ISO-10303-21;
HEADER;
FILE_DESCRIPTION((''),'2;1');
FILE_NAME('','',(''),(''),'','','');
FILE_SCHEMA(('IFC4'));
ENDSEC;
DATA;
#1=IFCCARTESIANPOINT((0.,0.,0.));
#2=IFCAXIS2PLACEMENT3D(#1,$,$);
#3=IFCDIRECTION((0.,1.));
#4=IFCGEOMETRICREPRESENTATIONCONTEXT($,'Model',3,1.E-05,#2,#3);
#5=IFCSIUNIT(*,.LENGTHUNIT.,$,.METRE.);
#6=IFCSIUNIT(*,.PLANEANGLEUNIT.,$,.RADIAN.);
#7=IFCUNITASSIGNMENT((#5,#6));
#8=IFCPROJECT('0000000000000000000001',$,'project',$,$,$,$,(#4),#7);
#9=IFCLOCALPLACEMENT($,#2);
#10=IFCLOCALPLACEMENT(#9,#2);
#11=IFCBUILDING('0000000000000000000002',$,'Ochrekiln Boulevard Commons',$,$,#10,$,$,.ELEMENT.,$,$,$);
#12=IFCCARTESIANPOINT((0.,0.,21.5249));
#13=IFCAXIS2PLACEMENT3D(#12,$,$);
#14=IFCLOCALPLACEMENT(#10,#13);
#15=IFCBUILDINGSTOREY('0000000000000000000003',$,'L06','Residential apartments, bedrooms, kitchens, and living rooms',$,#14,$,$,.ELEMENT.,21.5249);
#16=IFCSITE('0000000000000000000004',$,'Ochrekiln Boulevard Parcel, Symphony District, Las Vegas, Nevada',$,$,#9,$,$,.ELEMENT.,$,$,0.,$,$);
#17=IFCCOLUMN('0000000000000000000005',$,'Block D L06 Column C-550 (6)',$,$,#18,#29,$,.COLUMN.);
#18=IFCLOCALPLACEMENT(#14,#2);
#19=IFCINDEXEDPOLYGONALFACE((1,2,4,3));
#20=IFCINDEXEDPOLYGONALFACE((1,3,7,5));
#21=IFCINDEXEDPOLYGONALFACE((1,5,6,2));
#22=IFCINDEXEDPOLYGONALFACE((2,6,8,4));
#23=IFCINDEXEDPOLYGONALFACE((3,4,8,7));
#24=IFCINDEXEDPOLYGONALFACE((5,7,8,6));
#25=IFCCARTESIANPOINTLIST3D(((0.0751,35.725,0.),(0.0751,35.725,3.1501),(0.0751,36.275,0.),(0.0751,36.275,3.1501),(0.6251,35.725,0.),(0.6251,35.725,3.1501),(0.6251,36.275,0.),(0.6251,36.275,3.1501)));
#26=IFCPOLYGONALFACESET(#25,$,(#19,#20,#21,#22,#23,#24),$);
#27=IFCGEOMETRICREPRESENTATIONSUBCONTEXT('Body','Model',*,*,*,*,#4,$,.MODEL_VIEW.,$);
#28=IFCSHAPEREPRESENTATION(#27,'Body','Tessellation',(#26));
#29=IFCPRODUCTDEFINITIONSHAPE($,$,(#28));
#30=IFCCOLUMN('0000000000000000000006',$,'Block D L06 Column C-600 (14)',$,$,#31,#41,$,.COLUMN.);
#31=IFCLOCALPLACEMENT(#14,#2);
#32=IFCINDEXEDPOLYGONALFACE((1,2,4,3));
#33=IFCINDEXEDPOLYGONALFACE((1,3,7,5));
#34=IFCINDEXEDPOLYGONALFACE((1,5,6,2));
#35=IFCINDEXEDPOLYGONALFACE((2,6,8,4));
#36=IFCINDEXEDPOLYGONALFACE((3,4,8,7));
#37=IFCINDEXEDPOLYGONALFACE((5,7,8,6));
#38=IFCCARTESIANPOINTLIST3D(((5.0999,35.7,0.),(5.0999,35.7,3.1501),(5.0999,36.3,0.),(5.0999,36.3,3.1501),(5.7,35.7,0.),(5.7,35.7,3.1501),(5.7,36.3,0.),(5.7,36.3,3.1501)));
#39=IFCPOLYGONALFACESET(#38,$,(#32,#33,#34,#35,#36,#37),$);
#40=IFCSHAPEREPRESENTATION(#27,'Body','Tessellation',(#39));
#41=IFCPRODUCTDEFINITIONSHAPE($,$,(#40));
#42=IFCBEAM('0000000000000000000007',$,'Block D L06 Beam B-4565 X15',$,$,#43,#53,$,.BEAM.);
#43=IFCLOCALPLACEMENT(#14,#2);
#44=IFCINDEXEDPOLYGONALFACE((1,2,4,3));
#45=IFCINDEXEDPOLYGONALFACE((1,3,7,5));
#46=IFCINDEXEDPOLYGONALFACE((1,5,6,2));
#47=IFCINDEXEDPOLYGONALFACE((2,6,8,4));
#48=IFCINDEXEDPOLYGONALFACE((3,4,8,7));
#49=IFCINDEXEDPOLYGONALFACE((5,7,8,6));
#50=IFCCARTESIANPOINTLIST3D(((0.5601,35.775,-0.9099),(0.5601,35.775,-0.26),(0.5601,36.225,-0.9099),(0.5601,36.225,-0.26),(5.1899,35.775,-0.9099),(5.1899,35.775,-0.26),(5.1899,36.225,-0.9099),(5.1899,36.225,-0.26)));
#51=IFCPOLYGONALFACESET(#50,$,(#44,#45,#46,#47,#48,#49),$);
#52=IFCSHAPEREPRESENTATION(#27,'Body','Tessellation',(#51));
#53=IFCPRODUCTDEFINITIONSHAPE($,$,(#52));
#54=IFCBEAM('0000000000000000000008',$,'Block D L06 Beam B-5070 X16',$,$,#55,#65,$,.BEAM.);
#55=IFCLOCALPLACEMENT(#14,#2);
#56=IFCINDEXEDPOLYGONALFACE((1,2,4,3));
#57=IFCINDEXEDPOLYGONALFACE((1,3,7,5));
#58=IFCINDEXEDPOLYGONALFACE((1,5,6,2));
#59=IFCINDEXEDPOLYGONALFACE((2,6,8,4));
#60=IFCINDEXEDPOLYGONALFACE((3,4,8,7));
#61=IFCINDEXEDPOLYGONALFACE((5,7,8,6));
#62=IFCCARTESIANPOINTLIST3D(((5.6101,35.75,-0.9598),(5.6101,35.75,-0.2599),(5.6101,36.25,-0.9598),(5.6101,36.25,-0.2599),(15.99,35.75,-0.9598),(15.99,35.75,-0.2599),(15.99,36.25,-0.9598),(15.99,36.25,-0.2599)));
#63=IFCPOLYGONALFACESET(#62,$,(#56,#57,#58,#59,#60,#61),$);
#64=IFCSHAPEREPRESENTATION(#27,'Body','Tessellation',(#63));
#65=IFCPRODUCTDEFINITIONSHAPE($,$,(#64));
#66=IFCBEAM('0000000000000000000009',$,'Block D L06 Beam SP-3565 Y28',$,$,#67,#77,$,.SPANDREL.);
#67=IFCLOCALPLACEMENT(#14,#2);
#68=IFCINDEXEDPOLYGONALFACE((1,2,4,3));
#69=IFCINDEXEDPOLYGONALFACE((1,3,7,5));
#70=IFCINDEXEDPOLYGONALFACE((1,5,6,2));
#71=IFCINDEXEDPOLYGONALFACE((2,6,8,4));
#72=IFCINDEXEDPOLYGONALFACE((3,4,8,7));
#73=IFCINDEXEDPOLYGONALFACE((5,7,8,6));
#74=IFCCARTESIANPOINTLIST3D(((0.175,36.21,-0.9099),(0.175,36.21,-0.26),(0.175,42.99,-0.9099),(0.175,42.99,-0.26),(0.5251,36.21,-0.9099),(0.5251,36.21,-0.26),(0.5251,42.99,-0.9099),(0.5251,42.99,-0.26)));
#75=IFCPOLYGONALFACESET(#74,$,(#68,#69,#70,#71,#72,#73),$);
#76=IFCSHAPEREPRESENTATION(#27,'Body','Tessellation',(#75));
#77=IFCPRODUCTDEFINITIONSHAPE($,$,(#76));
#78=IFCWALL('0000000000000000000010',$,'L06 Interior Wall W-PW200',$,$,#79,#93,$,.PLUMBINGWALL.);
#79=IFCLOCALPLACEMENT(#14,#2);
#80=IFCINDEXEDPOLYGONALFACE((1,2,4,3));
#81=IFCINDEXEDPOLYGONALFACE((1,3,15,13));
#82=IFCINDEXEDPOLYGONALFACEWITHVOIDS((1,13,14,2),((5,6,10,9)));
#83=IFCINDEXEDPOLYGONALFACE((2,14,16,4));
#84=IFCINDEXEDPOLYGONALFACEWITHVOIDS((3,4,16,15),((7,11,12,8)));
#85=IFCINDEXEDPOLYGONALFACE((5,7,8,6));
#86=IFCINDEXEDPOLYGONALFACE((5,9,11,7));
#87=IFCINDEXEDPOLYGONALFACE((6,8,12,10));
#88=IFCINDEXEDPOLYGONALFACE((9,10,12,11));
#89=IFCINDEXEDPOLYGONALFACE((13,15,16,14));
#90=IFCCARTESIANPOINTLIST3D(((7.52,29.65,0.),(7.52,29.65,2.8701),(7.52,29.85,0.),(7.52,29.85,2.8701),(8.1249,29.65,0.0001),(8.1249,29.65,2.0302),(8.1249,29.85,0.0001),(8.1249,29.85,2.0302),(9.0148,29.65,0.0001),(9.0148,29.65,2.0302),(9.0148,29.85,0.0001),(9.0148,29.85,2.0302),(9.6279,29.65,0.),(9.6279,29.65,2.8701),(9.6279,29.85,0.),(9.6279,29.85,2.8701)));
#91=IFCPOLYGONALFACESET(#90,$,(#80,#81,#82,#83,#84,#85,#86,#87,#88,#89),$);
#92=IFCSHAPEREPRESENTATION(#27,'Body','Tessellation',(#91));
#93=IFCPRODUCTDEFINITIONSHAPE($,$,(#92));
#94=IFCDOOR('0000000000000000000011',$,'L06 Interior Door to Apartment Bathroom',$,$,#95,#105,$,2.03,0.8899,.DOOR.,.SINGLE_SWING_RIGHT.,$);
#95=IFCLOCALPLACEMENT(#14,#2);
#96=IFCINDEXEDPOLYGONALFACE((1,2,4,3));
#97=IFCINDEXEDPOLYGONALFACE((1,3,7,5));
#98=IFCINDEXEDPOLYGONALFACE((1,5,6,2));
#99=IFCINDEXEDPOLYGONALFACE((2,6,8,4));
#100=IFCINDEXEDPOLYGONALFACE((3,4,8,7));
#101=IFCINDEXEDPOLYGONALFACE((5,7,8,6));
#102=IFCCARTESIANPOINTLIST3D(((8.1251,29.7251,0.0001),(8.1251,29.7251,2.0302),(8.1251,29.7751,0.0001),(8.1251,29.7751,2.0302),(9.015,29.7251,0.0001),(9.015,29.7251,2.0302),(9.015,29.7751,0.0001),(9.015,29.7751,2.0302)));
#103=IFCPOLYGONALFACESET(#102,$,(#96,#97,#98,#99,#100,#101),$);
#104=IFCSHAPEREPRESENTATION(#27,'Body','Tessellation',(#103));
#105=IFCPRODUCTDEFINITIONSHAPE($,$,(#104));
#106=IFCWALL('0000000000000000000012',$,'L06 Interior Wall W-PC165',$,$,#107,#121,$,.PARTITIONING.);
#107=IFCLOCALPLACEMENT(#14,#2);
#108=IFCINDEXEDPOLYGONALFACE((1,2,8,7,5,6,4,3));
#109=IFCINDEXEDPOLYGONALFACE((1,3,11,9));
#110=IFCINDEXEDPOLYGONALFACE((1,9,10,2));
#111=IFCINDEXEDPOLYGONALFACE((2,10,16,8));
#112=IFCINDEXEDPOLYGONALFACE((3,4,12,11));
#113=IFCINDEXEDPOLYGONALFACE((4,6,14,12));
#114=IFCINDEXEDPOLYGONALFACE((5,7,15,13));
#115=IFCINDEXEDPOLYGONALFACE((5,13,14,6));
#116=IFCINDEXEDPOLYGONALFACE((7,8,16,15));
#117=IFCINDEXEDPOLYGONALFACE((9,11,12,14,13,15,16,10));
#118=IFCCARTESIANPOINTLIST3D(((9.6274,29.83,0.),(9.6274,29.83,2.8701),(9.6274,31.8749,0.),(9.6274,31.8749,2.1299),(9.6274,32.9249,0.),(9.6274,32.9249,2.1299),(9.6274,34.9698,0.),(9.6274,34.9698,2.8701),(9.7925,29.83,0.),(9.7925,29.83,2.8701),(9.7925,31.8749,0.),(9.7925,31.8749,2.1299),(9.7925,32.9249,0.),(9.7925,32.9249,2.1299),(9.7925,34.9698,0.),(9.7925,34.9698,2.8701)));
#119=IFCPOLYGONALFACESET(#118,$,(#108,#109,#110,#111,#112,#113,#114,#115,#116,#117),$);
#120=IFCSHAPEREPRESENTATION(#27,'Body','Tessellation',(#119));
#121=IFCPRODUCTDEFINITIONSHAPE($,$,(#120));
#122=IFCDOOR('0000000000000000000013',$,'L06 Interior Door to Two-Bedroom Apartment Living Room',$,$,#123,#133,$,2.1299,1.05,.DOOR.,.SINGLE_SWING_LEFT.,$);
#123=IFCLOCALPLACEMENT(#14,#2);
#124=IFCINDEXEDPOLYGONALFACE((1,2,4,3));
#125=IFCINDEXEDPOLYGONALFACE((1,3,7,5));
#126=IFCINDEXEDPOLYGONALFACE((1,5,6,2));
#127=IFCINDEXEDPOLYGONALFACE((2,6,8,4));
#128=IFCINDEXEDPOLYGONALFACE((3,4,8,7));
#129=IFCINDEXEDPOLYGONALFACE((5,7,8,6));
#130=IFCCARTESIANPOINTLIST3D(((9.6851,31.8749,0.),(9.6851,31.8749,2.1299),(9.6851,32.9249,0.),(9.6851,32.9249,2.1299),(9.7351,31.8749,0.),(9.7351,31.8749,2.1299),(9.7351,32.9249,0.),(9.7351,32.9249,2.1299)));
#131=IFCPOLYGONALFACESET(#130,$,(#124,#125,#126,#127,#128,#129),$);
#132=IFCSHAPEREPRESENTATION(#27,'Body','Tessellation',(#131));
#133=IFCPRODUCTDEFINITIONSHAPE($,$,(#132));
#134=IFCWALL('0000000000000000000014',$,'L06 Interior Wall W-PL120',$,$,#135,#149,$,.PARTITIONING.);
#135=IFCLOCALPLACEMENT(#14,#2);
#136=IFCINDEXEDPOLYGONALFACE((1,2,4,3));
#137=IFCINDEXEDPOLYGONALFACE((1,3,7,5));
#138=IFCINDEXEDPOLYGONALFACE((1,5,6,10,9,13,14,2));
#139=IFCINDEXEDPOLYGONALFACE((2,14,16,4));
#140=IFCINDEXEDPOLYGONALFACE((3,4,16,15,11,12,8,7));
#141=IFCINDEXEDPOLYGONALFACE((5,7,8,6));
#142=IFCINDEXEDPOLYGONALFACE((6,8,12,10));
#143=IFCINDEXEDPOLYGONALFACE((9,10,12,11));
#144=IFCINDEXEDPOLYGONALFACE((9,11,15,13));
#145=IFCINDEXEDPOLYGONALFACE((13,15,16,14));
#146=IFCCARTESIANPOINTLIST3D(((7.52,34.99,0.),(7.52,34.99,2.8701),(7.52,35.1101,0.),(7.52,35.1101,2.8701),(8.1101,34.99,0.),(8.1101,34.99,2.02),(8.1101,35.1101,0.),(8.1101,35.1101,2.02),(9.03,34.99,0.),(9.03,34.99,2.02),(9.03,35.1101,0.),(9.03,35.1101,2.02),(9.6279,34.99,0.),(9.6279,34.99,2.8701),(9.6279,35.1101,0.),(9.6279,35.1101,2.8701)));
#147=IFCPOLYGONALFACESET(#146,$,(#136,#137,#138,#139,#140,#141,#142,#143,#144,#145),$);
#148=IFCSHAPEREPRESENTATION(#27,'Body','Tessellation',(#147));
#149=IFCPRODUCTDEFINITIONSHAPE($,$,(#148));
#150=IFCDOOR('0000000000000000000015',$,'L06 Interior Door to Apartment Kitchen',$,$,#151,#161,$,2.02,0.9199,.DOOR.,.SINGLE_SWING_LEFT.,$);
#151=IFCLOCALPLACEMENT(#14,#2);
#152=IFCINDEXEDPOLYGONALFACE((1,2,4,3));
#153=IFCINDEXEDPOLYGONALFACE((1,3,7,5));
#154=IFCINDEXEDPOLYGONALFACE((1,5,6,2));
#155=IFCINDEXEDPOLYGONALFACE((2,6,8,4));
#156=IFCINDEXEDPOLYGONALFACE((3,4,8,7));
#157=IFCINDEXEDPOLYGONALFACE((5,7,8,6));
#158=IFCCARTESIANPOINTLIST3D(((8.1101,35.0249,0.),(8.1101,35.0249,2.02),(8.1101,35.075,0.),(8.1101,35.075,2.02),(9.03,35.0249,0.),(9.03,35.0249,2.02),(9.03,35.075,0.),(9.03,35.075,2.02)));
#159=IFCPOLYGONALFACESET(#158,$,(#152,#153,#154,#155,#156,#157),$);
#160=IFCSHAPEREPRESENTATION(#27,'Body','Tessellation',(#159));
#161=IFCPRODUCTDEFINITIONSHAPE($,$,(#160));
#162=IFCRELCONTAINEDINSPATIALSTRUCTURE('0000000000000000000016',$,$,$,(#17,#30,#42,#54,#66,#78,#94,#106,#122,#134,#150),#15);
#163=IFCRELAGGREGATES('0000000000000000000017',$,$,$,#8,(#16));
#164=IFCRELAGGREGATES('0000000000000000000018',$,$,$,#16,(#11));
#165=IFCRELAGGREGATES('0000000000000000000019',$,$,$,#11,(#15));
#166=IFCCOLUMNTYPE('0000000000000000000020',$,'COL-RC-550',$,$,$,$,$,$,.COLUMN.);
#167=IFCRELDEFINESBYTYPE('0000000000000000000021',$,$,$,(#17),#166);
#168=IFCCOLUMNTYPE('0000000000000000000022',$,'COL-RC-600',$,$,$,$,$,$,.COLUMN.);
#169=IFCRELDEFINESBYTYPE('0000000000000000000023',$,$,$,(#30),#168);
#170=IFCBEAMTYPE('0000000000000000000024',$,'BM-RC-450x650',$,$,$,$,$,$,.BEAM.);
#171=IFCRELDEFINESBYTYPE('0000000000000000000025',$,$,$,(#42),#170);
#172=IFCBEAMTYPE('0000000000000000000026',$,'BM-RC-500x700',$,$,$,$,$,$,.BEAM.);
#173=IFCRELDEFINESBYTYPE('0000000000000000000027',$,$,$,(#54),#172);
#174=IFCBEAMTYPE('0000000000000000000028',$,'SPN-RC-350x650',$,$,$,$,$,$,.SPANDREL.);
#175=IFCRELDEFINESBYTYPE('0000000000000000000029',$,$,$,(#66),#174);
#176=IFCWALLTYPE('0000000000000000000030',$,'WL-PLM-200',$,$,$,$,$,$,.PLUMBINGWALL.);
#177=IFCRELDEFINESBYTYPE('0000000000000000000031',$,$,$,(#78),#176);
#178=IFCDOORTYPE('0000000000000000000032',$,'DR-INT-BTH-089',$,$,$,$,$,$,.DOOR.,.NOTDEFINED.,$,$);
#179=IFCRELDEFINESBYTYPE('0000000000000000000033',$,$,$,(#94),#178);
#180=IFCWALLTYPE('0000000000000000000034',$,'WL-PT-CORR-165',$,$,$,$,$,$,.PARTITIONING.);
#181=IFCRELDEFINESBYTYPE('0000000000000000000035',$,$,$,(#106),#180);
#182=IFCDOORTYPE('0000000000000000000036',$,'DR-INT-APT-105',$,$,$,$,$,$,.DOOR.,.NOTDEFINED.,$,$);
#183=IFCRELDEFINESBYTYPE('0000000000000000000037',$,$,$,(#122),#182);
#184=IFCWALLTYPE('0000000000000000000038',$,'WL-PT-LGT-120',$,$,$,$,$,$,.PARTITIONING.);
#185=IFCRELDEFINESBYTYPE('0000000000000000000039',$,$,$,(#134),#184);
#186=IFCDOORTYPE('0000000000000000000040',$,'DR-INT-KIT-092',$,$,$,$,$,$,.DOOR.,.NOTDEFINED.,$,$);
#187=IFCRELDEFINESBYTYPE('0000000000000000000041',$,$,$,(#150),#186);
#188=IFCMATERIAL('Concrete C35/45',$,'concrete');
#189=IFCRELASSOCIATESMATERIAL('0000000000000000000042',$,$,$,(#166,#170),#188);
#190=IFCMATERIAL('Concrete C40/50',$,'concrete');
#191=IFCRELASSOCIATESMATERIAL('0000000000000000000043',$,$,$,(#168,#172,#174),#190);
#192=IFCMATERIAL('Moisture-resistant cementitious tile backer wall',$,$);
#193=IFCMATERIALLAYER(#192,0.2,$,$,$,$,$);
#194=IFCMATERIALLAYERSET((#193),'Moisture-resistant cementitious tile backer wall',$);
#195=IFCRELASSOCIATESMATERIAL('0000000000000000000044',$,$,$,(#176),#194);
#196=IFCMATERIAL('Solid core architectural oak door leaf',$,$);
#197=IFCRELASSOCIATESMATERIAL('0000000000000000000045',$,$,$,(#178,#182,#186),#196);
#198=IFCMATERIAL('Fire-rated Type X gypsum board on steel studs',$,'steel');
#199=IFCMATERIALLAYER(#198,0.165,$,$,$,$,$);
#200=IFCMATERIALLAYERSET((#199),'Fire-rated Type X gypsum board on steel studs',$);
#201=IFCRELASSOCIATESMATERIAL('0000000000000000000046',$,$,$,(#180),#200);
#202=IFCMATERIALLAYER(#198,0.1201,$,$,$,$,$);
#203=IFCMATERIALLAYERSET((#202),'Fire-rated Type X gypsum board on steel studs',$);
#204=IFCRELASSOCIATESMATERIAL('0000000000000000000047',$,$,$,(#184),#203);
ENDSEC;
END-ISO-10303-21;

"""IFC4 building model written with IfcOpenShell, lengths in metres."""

from ifc_helpers import new_model, si_unit, direction, frame, frame_2d, origin, origin_2d, place, context, subcontext, project, spatial, rectangle, extrude, material, layer, layer_set, material_profile, profile_set, type_object, element, fill, save


model = new_model("IFC4")

# Units and contexts
model_context = context("Model", 3, precision=1e-05, world=origin(), true_north=direction((0.0, 1.0)))
body_context = subcontext(model_context, "Body", "Model", "MODEL_VIEW")
ifc_project = project(units=[si_unit("LENGTHUNIT", "METRE"), si_unit("PLANEANGLEUNIT", "RADIAN")], contexts=[model_context])

# Site, building, storey
site_placement = place(None, origin())
site = spatial("IfcSite", under=ifc_project, at=site_placement, Name="Ochrekiln Boulevard Parcel, Symphony District, Las Vegas, Nevada", CompositionType="ELEMENT", RefElevation=0.0)
building_placement = place(site_placement, origin())
building = spatial("IfcBuilding", under=site, at=building_placement, Name="Ochrekiln Boulevard Commons", CompositionType="ELEMENT")
storey_placement = place(building_placement, frame((0.0, 0.0, 21.5249)))
storey = spatial("IfcBuildingStorey", under=building, at=storey_placement, Name="L06", Description="Residential apartments, bedrooms, kitchens, and living rooms", CompositionType="ELEMENT", Elevation=21.5249)

# Columns
ifc_material_1 = material(Name="Concrete C35/45", Category="concrete")
ifc_material_profile_1 = material_profile(ifc_material_1, rectangle(XDim=0.55, YDim=0.55, at=origin_2d()), Name="RC-COL-550x550")
ifc_profile_set_1 = profile_set([ifc_material_profile_1], Name="Concrete C35/45")
column_type_1 = type_object("IfcColumnType", Name="COL-RC-550", PredefinedType="COLUMN", material=ifc_profile_set_1)
column_1_placement = place(storey_placement, frame((0.3501, 36.0, 0.0), z_axis=(0.0, 0.0, 1.0), x_axis=(1.0, 0.0, 0.0)))
element("IfcColumn", 1, at=column_1_placement, inside=storey, type_object=column_type_1, Name="Block D L06 Column C-550 (6)", PredefinedType="COLUMN", context=body_context, shape_type="SweptSolid", body=[
    extrude(rectangle(XDim=0.55, YDim=0.55, at=origin_2d()), origin(), (0.0, 0.0, 1.0), 3.1501),
])
ifc_material_2 = material(Name="Concrete C40/50", Category="concrete")
ifc_material_profile_2 = material_profile(ifc_material_2, rectangle(XDim=0.6001, YDim=0.6001, at=origin_2d()), Name="RC-COL-600x600")
ifc_profile_set_2 = profile_set([ifc_material_profile_2], Name="Concrete C40/50")
column_type_2 = type_object("IfcColumnType", Name="COL-RC-600", PredefinedType="COLUMN", material=ifc_profile_set_2)
column_2_placement = place(storey_placement, frame((5.3999, 36.0, 0.0), z_axis=(0.0, 0.0, 1.0), x_axis=(1.0, 0.0, 0.0)))
element("IfcColumn", 2, at=column_2_placement, inside=storey, type_object=column_type_2, Name="Block D L06 Column C-600 (14)", PredefinedType="COLUMN", context=body_context, shape_type="SweptSolid", body=[
    extrude(rectangle(XDim=0.6001, YDim=0.6001, at=origin_2d()), origin(), (0.0, 0.0, 1.0), 3.1501),
])

# Beams
ifc_material_profile_3 = material_profile(ifc_material_1, rectangle(XDim=0.45, YDim=0.6499, at=origin_2d()), Name="RC-BM-450x650")
ifc_profile_set_3 = profile_set([ifc_material_profile_3], Name="Concrete C35/45")
beam_type_1 = type_object("IfcBeamType", Name="BM-RC-450x650", PredefinedType="BEAM", material=ifc_profile_set_3)
beam_1_placement = place(storey_placement, frame((0.5601, 36.0, -0.585), z_axis=(1.0, 0.0, 0.0), x_axis=(0.0, 1.0, 0.0)))
element("IfcBeam", 3, at=beam_1_placement, inside=storey, type_object=beam_type_1, Name="Block D L06 Beam B-4565 X15", PredefinedType="BEAM", context=body_context, shape_type="SweptSolid", body=[
    extrude(rectangle(XDim=0.45, YDim=0.6499, at=origin_2d()), origin(), (0.0, 0.0, 1.0), 4.6299),
])
ifc_material_profile_4 = material_profile(ifc_material_2, rectangle(XDim=0.5, YDim=0.7, at=origin_2d()), Name="RC-BM-500x700")
ifc_profile_set_4 = profile_set([ifc_material_profile_4], Name="Concrete C40/50")
beam_type_2 = type_object("IfcBeamType", Name="BM-RC-500x700", PredefinedType="BEAM", material=ifc_profile_set_4)
beam_2_placement = place(storey_placement, frame((5.6101, 36.0, -0.6099), z_axis=(1.0, 0.0, 0.0), x_axis=(0.0, 1.0, 0.0)))
element("IfcBeam", 4, at=beam_2_placement, inside=storey, type_object=beam_type_2, Name="Block D L06 Beam B-5070 X16", PredefinedType="BEAM", context=body_context, shape_type="SweptSolid", body=[
    extrude(rectangle(XDim=0.5, YDim=0.7, at=origin_2d()), origin(), (0.0, 0.0, 1.0), 10.3799),
])
ifc_material_profile_5 = material_profile(ifc_material_2, rectangle(XDim=0.3501, YDim=0.6499, at=origin_2d()), Name="RC-SPN-350x650")
ifc_profile_set_5 = profile_set([ifc_material_profile_5], Name="Concrete C40/50")
beam_type_3 = type_object("IfcBeamType", Name="SPN-RC-350x650", PredefinedType="SPANDREL", material=ifc_profile_set_5)
beam_3_placement = place(storey_placement, frame((0.3501, 36.21, -0.585), z_axis=(0.0, 1.0, 0.0), x_axis=(-1.0, 0.0, 0.0)))
element("IfcBeam", 5, at=beam_3_placement, inside=storey, type_object=beam_type_3, Name="Block D L06 Beam SP-3565 Y28", PredefinedType="SPANDREL", context=body_context, shape_type="SweptSolid", body=[
    extrude(rectangle(XDim=0.3501, YDim=0.6499, at=origin_2d()), origin(), (0.0, 0.0, 1.0), 6.78),
])

# Walls, openings, doors
ifc_material_3 = material(Name="Moisture-resistant cementitious tile backer wall")
ifc_layer_1 = layer(ifc_material_3, 0.2)
ifc_layer_set_1 = layer_set([ifc_layer_1], Name="Moisture-resistant cementitious tile backer wall")
wall_type_1 = type_object("IfcWallType", Name="WL-PLM-200", PredefinedType="PLUMBINGWALL", material=ifc_layer_set_1)
wall_1_placement = place(storey_placement, frame((7.52, 29.75, 0.0), z_axis=(0.0, 0.0, 1.0), x_axis=(1.0, 0.0, 0.0)))
wall_1 = element("IfcWall", 6, at=wall_1_placement, inside=storey, type_object=wall_type_1, Name="L06 Interior Wall W-PW200", PredefinedType="PLUMBINGWALL", context=body_context, shape_type="SweptSolid", body=[
    extrude(rectangle(XDim=2.1079, YDim=0.2, at=frame_2d((1.054, 0.0))), origin(), (0.0, 0.0, 1.0), 2.8701),
])
opening_1_placement = place(wall_1_placement, frame((0.605, 0.0, 0.0)))
opening_1 = element("IfcOpeningElement", 7, at=opening_1_placement, cuts=wall_1, PredefinedType="OPENING", context=body_context, shape_type="SweptSolid", body=[
    extrude(rectangle(XDim=0.8899, YDim=2.03, at=frame_2d((0.4448, 1.0151))), frame((0.0, 0.1099, 0.0), z_axis=(0.0, -1.0, 0.0), x_axis=(1.0, 0.0, 0.0)), (0.0, 0.0, 1.0), 0.22),
])
ifc_material_4 = material(Name="Solid core architectural oak door leaf")
door_type_1 = type_object("IfcDoorType", Name="DR-INT-BTH-089", OperationType="NOTDEFINED", PredefinedType="DOOR", material=ifc_material_4)
door_1_placement = place(opening_1_placement, frame((0.8899, 0.0, 0.0), z_axis=(0.0, 0.0, 1.0), x_axis=(-1.0, 0.0, 0.0)))
door_1 = element("IfcDoor", 8, at=door_1_placement, inside=storey, type_object=door_type_1, Name="L06 Interior Door to Apartment Bathroom", OperationType="SINGLE_SWING_RIGHT", OverallHeight=2.03, OverallWidth=0.8899, PredefinedType="DOOR", context=body_context, shape_type="SweptSolid", body=[
    extrude(rectangle(XDim=0.8899, YDim=2.03, at=frame_2d((0.4448, 1.0151))), frame((0.0, 0.0249, 0.0), z_axis=(0.0, -1.0, 0.0), x_axis=(1.0, 0.0, 0.0)), (0.0, 0.0, 1.0), 0.05),
])
fill(opening_1, door_1)
ifc_material_5 = material(Name="Fire-rated Type X gypsum board on steel studs", Category="steel")
ifc_layer_2 = layer(ifc_material_5, 0.165)
ifc_layer_set_2 = layer_set([ifc_layer_2], Name="Fire-rated Type X gypsum board on steel studs")
wall_type_2 = type_object("IfcWallType", Name="WL-PT-CORR-165", PredefinedType="PARTITIONING", material=ifc_layer_set_2)
wall_2_placement = place(storey_placement, frame((9.71, 29.8301, 0.0), z_axis=(0.0, 0.0, 1.0), x_axis=(0.0, 1.0, 0.0)))
wall_2 = element("IfcWall", 9, at=wall_2_placement, inside=storey, type_object=wall_type_2, Name="L06 Interior Wall W-PC165", PredefinedType="PARTITIONING", context=body_context, shape_type="SweptSolid", body=[
    extrude(rectangle(XDim=5.1399, YDim=0.165, at=frame_2d((2.5698, 0.0))), origin(), (0.0, 0.0, 1.0), 2.8701),
])
opening_2_placement = place(wall_2_placement, frame((2.0449, 0.0, 0.0)))
opening_2 = element("IfcOpeningElement", 10, at=opening_2_placement, cuts=wall_2, PredefinedType="OPENING", context=body_context, shape_type="SweptSolid", body=[
    extrude(rectangle(XDim=1.05, YDim=2.1299, at=frame_2d((0.5249, 1.0649))), frame((0.0, 0.0925, 0.0), z_axis=(0.0, -1.0, 0.0), x_axis=(1.0, 0.0, 0.0)), (0.0, 0.0, 1.0), 0.1851),
])
door_type_2 = type_object("IfcDoorType", Name="DR-INT-APT-105", OperationType="NOTDEFINED", PredefinedType="DOOR", material=ifc_material_4)
door_2_placement = place(opening_2_placement, origin())
door_2 = element("IfcDoor", 11, at=door_2_placement, inside=storey, type_object=door_type_2, Name="L06 Interior Door to Two-Bedroom Apartment Living Room", OperationType="SINGLE_SWING_LEFT", OverallHeight=2.1299, OverallWidth=1.05, PredefinedType="DOOR", context=body_context, shape_type="SweptSolid", body=[
    extrude(rectangle(XDim=1.05, YDim=2.1299, at=frame_2d((0.5249, 1.0649))), frame((0.0, 0.0249, 0.0), z_axis=(0.0, -1.0, 0.0), x_axis=(1.0, 0.0, 0.0)), (0.0, 0.0, 1.0), 0.05),
])
fill(opening_2, door_2)
ifc_layer_3 = layer(ifc_material_5, 0.1201)
ifc_layer_set_3 = layer_set([ifc_layer_3], Name="Fire-rated Type X gypsum board on steel studs")
wall_type_3 = type_object("IfcWallType", Name="WL-PT-LGT-120", PredefinedType="PARTITIONING", material=ifc_layer_set_3)
wall_3_placement = place(storey_placement, frame((7.52, 35.05, 0.0), z_axis=(0.0, 0.0, 1.0), x_axis=(1.0, 0.0, 0.0)))
wall_3 = element("IfcWall", 12, at=wall_3_placement, inside=storey, type_object=wall_type_3, Name="L06 Interior Wall W-PL120", PredefinedType="PARTITIONING", context=body_context, shape_type="SweptSolid", body=[
    extrude(rectangle(XDim=2.1079, YDim=0.1201, at=frame_2d((1.054, 0.0))), origin(), (0.0, 0.0, 1.0), 2.8701),
])
opening_3_placement = place(wall_3_placement, frame((0.5901, 0.0, 0.0)))
opening_3 = element("IfcOpeningElement", 13, at=opening_3_placement, cuts=wall_3, PredefinedType="OPENING", context=body_context, shape_type="SweptSolid", body=[
    extrude(rectangle(XDim=0.9199, YDim=2.02, at=frame_2d((0.46, 1.01))), frame((0.0, 0.0701, 0.0), z_axis=(0.0, -1.0, 0.0), x_axis=(1.0, 0.0, 0.0)), (0.0, 0.0, 1.0), 0.1401),
])
door_type_3 = type_object("IfcDoorType", Name="DR-INT-KIT-092", OperationType="NOTDEFINED", PredefinedType="DOOR", material=ifc_material_4)
door_3_placement = place(opening_3_placement, origin())
door_3 = element("IfcDoor", 14, at=door_3_placement, inside=storey, type_object=door_type_3, Name="L06 Interior Door to Apartment Kitchen", OperationType="SINGLE_SWING_LEFT", OverallHeight=2.02, OverallWidth=0.9199, PredefinedType="DOOR", context=body_context, shape_type="SweptSolid", body=[
    extrude(rectangle(XDim=0.9199, YDim=2.02, at=frame_2d((0.46, 1.01))), frame((0.0, 0.0249, 0.0), z_axis=(0.0, -1.0, 0.0), x_axis=(1.0, 0.0, 0.0)), (0.0, 0.0, 1.0), 0.05),
])
fill(opening_3, door_3)

save(model, "model.ifc")
